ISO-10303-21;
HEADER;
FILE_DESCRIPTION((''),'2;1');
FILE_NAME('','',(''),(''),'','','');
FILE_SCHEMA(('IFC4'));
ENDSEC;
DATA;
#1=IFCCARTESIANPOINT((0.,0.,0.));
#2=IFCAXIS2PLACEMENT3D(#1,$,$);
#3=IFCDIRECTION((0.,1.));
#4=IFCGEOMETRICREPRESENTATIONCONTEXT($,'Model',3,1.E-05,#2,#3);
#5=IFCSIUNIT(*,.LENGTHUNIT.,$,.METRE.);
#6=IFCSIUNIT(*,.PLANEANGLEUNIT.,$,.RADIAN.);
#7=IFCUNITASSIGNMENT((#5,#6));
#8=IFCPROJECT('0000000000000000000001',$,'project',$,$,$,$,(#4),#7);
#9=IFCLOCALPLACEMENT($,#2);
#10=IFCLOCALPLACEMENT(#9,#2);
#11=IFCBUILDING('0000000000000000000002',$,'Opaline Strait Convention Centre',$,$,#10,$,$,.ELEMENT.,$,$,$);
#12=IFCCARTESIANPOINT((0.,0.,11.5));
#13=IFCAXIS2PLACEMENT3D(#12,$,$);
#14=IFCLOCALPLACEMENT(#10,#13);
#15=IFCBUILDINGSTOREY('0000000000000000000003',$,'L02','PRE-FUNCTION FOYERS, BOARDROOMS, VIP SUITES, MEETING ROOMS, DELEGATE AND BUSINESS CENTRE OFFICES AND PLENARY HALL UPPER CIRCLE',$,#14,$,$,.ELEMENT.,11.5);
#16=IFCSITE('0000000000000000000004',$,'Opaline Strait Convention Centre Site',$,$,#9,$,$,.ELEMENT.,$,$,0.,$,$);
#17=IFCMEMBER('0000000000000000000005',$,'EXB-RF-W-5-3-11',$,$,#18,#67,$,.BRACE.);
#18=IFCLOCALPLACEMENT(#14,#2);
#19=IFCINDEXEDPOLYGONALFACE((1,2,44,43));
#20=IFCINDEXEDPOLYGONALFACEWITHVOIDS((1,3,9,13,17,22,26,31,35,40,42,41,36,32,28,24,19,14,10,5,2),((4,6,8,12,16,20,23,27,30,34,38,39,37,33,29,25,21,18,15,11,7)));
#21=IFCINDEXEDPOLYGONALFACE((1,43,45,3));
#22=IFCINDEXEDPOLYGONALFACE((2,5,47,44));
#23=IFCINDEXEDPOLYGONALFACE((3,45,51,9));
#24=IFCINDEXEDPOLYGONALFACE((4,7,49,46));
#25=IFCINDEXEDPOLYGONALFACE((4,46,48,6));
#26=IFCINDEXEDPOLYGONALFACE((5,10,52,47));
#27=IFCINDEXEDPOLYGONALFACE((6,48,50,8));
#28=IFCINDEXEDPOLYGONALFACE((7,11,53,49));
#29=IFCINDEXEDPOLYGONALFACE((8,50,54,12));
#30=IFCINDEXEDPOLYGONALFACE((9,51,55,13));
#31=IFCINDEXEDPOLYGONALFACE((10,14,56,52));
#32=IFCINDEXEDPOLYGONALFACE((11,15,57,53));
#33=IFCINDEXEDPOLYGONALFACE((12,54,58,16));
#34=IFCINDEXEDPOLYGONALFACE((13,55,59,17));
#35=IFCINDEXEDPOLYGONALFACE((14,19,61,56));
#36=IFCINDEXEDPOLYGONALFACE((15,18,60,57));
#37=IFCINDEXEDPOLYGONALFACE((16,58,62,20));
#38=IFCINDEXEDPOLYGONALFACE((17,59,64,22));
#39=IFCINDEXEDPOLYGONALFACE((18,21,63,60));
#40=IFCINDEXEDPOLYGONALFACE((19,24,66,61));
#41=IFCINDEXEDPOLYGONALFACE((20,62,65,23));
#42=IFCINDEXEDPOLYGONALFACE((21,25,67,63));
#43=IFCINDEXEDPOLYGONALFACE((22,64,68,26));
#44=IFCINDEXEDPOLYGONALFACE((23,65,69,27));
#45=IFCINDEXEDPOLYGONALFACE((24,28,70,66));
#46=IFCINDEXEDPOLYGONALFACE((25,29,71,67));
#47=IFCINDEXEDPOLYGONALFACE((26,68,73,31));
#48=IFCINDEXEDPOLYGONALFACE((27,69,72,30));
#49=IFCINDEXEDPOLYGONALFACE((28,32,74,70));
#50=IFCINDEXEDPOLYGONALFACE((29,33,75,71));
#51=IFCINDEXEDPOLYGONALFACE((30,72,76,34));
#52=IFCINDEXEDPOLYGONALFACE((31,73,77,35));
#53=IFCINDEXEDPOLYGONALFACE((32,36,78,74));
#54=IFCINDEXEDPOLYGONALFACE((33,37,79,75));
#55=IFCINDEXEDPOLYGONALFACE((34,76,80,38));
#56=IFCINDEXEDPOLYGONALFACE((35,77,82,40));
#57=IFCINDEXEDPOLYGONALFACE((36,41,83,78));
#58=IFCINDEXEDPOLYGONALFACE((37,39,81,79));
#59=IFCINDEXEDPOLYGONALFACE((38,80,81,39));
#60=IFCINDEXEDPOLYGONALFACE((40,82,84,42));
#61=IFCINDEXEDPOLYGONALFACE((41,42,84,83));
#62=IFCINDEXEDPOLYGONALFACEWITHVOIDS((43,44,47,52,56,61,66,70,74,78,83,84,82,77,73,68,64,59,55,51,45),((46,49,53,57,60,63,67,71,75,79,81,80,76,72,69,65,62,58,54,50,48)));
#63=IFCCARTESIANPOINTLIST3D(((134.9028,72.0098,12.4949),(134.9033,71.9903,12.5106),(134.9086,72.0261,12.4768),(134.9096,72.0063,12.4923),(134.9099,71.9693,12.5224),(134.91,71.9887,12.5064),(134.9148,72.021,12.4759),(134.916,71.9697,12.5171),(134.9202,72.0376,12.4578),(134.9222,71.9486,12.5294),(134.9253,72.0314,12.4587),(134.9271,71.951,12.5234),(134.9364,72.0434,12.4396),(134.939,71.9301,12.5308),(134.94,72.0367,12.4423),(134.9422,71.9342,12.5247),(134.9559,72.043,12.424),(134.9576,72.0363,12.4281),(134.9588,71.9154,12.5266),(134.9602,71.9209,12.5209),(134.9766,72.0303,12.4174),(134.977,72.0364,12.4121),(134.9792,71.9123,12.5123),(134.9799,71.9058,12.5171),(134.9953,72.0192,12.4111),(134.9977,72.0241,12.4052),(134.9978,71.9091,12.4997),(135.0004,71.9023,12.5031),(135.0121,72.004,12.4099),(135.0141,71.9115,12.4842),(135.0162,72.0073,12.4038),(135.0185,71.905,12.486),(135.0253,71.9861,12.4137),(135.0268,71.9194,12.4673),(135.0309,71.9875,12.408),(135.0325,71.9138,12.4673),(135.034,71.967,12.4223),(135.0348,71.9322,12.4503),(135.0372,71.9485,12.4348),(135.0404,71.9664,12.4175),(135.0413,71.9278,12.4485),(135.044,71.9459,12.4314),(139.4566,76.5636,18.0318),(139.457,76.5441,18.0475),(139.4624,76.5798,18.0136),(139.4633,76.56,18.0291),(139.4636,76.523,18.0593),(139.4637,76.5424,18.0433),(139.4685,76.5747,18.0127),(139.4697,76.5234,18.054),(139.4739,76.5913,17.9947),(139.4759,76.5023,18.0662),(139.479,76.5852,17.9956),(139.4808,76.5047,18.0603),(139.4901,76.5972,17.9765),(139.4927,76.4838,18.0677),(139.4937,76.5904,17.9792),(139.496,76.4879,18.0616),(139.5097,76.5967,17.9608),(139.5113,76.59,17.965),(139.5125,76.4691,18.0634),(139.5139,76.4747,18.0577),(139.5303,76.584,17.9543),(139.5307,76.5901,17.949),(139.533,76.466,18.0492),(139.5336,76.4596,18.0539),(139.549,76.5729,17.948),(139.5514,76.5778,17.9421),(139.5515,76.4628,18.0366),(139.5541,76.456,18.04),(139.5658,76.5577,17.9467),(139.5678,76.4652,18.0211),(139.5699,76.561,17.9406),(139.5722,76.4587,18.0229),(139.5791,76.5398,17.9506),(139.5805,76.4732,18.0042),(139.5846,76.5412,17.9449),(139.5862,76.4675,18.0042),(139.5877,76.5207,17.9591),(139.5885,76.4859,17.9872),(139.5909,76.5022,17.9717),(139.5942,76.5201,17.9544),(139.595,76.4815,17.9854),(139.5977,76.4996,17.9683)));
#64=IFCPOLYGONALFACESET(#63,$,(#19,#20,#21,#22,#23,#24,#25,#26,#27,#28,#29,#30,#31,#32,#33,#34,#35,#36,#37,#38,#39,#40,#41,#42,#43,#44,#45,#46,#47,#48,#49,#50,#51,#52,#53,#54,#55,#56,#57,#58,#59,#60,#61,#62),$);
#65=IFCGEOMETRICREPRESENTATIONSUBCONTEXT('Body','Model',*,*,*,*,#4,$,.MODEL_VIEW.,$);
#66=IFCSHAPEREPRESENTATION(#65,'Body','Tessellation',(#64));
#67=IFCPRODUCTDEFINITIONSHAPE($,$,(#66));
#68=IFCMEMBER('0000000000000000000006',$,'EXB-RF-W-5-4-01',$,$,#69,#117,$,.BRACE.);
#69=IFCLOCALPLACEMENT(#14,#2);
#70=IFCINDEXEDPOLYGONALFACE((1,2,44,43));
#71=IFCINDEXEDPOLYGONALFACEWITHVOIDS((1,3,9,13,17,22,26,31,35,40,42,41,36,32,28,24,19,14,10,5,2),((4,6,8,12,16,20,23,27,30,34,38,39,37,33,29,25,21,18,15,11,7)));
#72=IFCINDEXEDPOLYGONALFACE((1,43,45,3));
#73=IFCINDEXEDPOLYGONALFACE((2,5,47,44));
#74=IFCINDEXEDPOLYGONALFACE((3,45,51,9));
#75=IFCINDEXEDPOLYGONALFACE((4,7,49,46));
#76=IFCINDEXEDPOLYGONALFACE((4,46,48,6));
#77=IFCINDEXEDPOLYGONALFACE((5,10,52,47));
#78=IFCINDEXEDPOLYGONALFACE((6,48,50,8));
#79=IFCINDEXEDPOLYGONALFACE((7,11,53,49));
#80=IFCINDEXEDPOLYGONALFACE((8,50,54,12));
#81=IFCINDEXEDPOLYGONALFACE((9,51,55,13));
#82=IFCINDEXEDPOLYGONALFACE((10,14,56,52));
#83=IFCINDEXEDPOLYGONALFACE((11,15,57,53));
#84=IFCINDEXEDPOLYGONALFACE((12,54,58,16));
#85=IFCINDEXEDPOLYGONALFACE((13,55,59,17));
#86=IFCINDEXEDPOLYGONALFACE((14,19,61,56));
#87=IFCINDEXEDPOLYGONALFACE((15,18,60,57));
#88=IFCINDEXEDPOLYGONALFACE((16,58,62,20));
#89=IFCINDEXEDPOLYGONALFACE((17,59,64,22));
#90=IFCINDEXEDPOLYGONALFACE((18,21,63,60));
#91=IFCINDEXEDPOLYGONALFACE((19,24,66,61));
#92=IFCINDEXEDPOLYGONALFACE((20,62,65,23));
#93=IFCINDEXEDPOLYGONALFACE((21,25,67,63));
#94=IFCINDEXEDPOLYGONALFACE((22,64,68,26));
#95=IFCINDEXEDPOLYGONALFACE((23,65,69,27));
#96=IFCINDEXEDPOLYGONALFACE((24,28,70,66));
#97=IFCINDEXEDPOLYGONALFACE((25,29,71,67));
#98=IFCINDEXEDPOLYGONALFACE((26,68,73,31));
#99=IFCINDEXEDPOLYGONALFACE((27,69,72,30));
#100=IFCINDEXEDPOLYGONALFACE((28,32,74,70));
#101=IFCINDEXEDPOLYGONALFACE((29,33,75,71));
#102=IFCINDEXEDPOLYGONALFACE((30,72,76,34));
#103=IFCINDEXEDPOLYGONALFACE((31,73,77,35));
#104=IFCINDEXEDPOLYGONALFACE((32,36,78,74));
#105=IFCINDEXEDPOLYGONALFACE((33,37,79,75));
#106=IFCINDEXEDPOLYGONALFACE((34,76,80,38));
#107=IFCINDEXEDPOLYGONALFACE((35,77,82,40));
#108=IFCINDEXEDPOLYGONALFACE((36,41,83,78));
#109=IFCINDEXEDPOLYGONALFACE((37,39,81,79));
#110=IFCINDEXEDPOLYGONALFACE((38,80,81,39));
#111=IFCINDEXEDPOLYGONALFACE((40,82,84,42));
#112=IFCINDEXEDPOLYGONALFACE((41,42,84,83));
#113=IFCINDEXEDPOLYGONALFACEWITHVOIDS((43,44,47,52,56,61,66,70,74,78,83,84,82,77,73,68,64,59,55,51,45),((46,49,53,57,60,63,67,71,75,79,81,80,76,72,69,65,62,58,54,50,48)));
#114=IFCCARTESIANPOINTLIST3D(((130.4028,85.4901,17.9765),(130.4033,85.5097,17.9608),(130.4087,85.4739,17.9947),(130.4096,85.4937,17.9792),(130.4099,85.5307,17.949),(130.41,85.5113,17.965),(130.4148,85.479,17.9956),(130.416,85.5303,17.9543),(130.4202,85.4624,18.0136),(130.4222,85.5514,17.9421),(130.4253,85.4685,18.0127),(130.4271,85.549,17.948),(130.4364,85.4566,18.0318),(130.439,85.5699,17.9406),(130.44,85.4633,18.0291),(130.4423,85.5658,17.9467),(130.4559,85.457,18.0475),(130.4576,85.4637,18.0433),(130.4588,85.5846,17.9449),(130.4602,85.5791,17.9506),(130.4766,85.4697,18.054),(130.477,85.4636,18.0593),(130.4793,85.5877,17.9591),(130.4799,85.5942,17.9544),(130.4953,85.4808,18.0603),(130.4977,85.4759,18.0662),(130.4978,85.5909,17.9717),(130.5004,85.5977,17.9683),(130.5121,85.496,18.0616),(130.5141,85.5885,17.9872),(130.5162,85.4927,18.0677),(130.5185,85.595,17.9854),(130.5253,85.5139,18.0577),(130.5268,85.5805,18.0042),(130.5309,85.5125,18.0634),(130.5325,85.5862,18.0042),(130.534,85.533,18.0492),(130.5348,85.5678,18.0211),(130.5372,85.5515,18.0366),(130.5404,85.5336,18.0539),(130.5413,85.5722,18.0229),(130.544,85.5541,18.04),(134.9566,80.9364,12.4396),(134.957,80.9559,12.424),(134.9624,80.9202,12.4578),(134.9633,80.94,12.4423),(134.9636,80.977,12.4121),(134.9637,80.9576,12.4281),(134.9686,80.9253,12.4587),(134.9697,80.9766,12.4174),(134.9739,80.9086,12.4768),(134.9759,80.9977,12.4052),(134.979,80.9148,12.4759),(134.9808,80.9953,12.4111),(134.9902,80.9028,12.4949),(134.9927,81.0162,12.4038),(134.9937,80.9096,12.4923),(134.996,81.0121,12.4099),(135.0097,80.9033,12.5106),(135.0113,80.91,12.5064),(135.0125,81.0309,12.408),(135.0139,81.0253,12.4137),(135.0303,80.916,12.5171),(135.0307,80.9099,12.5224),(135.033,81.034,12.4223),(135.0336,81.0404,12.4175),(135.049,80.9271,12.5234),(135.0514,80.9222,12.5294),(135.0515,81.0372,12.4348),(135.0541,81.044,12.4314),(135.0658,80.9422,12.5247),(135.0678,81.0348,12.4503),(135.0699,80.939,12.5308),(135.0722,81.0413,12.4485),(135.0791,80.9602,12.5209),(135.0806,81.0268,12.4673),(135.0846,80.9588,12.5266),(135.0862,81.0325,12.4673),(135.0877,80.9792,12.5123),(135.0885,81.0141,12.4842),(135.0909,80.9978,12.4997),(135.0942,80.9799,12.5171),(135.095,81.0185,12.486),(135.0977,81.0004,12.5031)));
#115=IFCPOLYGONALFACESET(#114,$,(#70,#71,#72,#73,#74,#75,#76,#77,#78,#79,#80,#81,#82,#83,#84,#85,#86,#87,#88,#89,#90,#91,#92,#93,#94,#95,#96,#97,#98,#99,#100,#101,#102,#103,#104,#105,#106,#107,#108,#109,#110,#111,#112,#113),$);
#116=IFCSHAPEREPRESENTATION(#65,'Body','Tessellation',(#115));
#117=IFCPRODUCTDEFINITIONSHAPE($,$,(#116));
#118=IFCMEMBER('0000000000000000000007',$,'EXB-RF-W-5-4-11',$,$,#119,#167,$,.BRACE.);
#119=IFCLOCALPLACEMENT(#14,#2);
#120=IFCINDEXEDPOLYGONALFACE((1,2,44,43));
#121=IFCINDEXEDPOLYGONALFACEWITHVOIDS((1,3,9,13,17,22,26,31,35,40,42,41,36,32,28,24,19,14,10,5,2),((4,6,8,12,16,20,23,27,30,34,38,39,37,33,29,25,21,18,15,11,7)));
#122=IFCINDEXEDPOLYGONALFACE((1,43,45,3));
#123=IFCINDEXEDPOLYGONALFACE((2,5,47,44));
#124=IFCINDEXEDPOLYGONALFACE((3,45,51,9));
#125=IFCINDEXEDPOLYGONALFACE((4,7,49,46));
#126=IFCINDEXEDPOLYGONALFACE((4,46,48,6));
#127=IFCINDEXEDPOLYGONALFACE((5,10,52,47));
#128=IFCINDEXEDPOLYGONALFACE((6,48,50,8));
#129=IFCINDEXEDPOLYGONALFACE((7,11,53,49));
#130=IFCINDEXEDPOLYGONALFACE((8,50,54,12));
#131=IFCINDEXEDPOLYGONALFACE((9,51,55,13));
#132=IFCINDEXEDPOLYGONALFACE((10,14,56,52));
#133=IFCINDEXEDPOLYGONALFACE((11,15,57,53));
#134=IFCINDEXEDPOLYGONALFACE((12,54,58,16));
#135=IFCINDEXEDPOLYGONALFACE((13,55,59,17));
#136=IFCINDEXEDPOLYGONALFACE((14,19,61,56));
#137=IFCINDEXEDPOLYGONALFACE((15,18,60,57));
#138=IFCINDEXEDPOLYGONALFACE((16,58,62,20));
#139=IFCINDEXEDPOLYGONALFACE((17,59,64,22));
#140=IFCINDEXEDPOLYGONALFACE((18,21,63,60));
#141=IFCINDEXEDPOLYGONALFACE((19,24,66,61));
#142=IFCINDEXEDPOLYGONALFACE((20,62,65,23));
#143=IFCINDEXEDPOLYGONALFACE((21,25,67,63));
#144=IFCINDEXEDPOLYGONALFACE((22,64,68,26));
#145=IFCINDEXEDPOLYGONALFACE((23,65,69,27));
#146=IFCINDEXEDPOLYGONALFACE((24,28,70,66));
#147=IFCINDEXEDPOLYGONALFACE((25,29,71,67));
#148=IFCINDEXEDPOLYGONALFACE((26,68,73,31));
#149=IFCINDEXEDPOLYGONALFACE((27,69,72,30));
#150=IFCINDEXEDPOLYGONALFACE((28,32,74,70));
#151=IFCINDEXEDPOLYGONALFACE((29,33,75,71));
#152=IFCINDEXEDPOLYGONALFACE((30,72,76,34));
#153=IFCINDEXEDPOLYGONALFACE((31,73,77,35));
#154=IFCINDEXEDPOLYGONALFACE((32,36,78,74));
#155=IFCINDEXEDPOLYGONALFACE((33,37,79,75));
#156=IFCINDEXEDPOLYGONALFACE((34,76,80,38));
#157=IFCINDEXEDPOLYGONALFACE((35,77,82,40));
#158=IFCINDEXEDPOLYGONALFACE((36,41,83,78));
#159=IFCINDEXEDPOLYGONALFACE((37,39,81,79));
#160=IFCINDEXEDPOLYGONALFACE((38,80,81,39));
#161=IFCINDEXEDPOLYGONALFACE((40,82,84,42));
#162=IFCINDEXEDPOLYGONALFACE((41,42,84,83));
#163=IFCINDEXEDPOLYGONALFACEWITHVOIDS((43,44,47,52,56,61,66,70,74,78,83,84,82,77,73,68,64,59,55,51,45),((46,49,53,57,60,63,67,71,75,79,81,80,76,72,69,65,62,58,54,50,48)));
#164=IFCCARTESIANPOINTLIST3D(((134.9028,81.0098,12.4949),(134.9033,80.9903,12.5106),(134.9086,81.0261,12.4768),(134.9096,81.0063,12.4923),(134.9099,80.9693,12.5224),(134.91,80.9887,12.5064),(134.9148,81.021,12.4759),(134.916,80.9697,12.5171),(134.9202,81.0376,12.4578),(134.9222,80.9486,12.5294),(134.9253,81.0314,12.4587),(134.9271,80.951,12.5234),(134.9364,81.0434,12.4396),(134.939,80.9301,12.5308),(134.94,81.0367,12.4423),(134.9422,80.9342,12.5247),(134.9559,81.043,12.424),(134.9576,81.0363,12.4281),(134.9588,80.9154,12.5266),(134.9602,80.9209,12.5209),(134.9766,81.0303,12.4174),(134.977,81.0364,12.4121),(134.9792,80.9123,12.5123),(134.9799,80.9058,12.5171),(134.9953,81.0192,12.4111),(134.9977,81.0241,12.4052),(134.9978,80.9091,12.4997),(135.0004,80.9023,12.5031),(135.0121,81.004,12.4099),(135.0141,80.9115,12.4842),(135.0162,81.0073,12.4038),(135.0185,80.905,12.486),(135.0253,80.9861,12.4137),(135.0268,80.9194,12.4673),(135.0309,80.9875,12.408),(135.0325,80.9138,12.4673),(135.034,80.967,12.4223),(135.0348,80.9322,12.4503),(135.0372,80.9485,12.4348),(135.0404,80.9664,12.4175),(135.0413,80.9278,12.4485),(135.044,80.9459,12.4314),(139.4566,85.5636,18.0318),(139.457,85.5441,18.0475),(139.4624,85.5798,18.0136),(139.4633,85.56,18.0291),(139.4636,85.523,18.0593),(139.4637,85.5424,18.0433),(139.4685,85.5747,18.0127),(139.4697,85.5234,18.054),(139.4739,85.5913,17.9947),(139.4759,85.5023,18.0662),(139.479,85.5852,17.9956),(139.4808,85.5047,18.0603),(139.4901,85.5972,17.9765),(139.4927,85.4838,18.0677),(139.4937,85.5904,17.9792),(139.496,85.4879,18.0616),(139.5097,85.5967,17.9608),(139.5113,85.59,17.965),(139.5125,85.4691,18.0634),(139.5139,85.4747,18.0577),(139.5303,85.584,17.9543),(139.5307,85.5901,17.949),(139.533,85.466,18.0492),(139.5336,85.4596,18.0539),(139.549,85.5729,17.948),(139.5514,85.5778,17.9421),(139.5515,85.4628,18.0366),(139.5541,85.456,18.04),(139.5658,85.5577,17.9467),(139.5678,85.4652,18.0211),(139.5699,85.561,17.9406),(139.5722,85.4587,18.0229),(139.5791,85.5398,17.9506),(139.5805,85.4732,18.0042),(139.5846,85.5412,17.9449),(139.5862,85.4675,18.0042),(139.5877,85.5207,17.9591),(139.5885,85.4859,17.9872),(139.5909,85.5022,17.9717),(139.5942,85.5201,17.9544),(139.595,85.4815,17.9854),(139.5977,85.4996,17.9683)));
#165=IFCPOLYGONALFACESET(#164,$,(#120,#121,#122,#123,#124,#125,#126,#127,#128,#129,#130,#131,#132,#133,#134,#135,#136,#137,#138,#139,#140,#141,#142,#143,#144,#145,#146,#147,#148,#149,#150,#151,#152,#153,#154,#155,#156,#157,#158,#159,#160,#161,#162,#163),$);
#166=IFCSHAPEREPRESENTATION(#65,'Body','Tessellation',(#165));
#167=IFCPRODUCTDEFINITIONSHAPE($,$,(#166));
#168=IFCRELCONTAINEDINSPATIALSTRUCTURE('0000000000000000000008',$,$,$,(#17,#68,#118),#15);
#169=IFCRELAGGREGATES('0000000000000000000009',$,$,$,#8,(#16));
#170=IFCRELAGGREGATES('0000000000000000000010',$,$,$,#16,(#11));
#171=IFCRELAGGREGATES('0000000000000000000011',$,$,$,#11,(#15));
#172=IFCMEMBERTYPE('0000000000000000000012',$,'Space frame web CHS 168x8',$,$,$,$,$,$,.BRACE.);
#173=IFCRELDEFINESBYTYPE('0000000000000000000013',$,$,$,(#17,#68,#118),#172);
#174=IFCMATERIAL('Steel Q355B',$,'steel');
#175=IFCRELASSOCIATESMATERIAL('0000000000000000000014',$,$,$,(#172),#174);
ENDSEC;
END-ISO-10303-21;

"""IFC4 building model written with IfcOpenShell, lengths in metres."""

from ifc_helpers import new_model, si_unit, direction, frame, origin, origin_2d, place, context, subcontext, project, spatial, hollow_circle, extrude, material, material_profile, profile_set, type_object, element, save


model = new_model("IFC4")

# Units and contexts
model_context = context("Model", 3, precision=1e-05, world=origin(), true_north=direction((0.0, 1.0)))
body_context = subcontext(model_context, "Body", "Model", "MODEL_VIEW")
ifc_project = project(units=[si_unit("LENGTHUNIT", "METRE"), si_unit("PLANEANGLEUNIT", "RADIAN")], contexts=[model_context])

# Site, building, storey
site_placement = place(None, origin())
site = spatial("IfcSite", under=ifc_project, at=site_placement, Name="Opaline Strait Convention Centre Site", CompositionType="ELEMENT", RefElevation=0.0)
building_placement = place(site_placement, origin())
building = spatial("IfcBuilding", under=site, at=building_placement, Name="Opaline Strait Convention Centre", CompositionType="ELEMENT")
storey_placement = place(building_placement, frame((0.0, 0.0, 11.5)))
storey = spatial("IfcBuildingStorey", under=building, at=storey_placement, Name="L02", Description="PRE-FUNCTION FOYERS, BOARDROOMS, VIP SUITES, MEETING ROOMS, DELEGATE AND BUSINESS CENTRE OFFICES AND PLENARY HALL UPPER CIRCLE", CompositionType="ELEMENT", Elevation=11.5)

# Members
ifc_material = material(Name="Steel Q355B", Category="steel")
ifc_material_profile_1 = material_profile(ifc_material, hollow_circle(Radius=0.084, WallThickness=0.0081, at=origin_2d()), Name="CHS 168x8")
ifc_profile_set_1 = profile_set([ifc_material_profile_1], Name="Steel Q355B")
member_type_1 = type_object("IfcMemberType", Name="Space frame web CHS 168x8", PredefinedType="BRACE", material=ifc_profile_set_1)
for number, where, z_axis, x_axis, name in (
    (1, (139.5269, 76.5269, 18.0042), (-0.536178, -0.536178, -0.65194), (0.707107, -0.707107, 0.0), "EXB-RF-W-5-3-11"),
    (2, (130.4731, 85.5269, 18.0042), (0.536178, -0.536178, -0.65194), (0.707107, 0.707107, 0.0), "EXB-RF-W-5-4-01"),
    (3, (139.5269, 85.5269, 18.0042), (-0.536178, -0.536178, -0.65194), (0.707107, -0.707107, 0.0), "EXB-RF-W-5-4-11"),
):
    element("IfcMember", number, at=place(storey_placement, frame(where, z_axis=z_axis, x_axis=x_axis)), inside=storey, type_object=member_type_1, Name=name, PredefinedType="BRACE", context=body_context, shape_type="SweptSolid", body=[
        extrude(hollow_circle(Radius=0.084, WallThickness=0.0081, at=origin_2d()), origin(), (0.0, 0.0, 1.0), 8.4929),
    ])

save(model, "model.ifc")
